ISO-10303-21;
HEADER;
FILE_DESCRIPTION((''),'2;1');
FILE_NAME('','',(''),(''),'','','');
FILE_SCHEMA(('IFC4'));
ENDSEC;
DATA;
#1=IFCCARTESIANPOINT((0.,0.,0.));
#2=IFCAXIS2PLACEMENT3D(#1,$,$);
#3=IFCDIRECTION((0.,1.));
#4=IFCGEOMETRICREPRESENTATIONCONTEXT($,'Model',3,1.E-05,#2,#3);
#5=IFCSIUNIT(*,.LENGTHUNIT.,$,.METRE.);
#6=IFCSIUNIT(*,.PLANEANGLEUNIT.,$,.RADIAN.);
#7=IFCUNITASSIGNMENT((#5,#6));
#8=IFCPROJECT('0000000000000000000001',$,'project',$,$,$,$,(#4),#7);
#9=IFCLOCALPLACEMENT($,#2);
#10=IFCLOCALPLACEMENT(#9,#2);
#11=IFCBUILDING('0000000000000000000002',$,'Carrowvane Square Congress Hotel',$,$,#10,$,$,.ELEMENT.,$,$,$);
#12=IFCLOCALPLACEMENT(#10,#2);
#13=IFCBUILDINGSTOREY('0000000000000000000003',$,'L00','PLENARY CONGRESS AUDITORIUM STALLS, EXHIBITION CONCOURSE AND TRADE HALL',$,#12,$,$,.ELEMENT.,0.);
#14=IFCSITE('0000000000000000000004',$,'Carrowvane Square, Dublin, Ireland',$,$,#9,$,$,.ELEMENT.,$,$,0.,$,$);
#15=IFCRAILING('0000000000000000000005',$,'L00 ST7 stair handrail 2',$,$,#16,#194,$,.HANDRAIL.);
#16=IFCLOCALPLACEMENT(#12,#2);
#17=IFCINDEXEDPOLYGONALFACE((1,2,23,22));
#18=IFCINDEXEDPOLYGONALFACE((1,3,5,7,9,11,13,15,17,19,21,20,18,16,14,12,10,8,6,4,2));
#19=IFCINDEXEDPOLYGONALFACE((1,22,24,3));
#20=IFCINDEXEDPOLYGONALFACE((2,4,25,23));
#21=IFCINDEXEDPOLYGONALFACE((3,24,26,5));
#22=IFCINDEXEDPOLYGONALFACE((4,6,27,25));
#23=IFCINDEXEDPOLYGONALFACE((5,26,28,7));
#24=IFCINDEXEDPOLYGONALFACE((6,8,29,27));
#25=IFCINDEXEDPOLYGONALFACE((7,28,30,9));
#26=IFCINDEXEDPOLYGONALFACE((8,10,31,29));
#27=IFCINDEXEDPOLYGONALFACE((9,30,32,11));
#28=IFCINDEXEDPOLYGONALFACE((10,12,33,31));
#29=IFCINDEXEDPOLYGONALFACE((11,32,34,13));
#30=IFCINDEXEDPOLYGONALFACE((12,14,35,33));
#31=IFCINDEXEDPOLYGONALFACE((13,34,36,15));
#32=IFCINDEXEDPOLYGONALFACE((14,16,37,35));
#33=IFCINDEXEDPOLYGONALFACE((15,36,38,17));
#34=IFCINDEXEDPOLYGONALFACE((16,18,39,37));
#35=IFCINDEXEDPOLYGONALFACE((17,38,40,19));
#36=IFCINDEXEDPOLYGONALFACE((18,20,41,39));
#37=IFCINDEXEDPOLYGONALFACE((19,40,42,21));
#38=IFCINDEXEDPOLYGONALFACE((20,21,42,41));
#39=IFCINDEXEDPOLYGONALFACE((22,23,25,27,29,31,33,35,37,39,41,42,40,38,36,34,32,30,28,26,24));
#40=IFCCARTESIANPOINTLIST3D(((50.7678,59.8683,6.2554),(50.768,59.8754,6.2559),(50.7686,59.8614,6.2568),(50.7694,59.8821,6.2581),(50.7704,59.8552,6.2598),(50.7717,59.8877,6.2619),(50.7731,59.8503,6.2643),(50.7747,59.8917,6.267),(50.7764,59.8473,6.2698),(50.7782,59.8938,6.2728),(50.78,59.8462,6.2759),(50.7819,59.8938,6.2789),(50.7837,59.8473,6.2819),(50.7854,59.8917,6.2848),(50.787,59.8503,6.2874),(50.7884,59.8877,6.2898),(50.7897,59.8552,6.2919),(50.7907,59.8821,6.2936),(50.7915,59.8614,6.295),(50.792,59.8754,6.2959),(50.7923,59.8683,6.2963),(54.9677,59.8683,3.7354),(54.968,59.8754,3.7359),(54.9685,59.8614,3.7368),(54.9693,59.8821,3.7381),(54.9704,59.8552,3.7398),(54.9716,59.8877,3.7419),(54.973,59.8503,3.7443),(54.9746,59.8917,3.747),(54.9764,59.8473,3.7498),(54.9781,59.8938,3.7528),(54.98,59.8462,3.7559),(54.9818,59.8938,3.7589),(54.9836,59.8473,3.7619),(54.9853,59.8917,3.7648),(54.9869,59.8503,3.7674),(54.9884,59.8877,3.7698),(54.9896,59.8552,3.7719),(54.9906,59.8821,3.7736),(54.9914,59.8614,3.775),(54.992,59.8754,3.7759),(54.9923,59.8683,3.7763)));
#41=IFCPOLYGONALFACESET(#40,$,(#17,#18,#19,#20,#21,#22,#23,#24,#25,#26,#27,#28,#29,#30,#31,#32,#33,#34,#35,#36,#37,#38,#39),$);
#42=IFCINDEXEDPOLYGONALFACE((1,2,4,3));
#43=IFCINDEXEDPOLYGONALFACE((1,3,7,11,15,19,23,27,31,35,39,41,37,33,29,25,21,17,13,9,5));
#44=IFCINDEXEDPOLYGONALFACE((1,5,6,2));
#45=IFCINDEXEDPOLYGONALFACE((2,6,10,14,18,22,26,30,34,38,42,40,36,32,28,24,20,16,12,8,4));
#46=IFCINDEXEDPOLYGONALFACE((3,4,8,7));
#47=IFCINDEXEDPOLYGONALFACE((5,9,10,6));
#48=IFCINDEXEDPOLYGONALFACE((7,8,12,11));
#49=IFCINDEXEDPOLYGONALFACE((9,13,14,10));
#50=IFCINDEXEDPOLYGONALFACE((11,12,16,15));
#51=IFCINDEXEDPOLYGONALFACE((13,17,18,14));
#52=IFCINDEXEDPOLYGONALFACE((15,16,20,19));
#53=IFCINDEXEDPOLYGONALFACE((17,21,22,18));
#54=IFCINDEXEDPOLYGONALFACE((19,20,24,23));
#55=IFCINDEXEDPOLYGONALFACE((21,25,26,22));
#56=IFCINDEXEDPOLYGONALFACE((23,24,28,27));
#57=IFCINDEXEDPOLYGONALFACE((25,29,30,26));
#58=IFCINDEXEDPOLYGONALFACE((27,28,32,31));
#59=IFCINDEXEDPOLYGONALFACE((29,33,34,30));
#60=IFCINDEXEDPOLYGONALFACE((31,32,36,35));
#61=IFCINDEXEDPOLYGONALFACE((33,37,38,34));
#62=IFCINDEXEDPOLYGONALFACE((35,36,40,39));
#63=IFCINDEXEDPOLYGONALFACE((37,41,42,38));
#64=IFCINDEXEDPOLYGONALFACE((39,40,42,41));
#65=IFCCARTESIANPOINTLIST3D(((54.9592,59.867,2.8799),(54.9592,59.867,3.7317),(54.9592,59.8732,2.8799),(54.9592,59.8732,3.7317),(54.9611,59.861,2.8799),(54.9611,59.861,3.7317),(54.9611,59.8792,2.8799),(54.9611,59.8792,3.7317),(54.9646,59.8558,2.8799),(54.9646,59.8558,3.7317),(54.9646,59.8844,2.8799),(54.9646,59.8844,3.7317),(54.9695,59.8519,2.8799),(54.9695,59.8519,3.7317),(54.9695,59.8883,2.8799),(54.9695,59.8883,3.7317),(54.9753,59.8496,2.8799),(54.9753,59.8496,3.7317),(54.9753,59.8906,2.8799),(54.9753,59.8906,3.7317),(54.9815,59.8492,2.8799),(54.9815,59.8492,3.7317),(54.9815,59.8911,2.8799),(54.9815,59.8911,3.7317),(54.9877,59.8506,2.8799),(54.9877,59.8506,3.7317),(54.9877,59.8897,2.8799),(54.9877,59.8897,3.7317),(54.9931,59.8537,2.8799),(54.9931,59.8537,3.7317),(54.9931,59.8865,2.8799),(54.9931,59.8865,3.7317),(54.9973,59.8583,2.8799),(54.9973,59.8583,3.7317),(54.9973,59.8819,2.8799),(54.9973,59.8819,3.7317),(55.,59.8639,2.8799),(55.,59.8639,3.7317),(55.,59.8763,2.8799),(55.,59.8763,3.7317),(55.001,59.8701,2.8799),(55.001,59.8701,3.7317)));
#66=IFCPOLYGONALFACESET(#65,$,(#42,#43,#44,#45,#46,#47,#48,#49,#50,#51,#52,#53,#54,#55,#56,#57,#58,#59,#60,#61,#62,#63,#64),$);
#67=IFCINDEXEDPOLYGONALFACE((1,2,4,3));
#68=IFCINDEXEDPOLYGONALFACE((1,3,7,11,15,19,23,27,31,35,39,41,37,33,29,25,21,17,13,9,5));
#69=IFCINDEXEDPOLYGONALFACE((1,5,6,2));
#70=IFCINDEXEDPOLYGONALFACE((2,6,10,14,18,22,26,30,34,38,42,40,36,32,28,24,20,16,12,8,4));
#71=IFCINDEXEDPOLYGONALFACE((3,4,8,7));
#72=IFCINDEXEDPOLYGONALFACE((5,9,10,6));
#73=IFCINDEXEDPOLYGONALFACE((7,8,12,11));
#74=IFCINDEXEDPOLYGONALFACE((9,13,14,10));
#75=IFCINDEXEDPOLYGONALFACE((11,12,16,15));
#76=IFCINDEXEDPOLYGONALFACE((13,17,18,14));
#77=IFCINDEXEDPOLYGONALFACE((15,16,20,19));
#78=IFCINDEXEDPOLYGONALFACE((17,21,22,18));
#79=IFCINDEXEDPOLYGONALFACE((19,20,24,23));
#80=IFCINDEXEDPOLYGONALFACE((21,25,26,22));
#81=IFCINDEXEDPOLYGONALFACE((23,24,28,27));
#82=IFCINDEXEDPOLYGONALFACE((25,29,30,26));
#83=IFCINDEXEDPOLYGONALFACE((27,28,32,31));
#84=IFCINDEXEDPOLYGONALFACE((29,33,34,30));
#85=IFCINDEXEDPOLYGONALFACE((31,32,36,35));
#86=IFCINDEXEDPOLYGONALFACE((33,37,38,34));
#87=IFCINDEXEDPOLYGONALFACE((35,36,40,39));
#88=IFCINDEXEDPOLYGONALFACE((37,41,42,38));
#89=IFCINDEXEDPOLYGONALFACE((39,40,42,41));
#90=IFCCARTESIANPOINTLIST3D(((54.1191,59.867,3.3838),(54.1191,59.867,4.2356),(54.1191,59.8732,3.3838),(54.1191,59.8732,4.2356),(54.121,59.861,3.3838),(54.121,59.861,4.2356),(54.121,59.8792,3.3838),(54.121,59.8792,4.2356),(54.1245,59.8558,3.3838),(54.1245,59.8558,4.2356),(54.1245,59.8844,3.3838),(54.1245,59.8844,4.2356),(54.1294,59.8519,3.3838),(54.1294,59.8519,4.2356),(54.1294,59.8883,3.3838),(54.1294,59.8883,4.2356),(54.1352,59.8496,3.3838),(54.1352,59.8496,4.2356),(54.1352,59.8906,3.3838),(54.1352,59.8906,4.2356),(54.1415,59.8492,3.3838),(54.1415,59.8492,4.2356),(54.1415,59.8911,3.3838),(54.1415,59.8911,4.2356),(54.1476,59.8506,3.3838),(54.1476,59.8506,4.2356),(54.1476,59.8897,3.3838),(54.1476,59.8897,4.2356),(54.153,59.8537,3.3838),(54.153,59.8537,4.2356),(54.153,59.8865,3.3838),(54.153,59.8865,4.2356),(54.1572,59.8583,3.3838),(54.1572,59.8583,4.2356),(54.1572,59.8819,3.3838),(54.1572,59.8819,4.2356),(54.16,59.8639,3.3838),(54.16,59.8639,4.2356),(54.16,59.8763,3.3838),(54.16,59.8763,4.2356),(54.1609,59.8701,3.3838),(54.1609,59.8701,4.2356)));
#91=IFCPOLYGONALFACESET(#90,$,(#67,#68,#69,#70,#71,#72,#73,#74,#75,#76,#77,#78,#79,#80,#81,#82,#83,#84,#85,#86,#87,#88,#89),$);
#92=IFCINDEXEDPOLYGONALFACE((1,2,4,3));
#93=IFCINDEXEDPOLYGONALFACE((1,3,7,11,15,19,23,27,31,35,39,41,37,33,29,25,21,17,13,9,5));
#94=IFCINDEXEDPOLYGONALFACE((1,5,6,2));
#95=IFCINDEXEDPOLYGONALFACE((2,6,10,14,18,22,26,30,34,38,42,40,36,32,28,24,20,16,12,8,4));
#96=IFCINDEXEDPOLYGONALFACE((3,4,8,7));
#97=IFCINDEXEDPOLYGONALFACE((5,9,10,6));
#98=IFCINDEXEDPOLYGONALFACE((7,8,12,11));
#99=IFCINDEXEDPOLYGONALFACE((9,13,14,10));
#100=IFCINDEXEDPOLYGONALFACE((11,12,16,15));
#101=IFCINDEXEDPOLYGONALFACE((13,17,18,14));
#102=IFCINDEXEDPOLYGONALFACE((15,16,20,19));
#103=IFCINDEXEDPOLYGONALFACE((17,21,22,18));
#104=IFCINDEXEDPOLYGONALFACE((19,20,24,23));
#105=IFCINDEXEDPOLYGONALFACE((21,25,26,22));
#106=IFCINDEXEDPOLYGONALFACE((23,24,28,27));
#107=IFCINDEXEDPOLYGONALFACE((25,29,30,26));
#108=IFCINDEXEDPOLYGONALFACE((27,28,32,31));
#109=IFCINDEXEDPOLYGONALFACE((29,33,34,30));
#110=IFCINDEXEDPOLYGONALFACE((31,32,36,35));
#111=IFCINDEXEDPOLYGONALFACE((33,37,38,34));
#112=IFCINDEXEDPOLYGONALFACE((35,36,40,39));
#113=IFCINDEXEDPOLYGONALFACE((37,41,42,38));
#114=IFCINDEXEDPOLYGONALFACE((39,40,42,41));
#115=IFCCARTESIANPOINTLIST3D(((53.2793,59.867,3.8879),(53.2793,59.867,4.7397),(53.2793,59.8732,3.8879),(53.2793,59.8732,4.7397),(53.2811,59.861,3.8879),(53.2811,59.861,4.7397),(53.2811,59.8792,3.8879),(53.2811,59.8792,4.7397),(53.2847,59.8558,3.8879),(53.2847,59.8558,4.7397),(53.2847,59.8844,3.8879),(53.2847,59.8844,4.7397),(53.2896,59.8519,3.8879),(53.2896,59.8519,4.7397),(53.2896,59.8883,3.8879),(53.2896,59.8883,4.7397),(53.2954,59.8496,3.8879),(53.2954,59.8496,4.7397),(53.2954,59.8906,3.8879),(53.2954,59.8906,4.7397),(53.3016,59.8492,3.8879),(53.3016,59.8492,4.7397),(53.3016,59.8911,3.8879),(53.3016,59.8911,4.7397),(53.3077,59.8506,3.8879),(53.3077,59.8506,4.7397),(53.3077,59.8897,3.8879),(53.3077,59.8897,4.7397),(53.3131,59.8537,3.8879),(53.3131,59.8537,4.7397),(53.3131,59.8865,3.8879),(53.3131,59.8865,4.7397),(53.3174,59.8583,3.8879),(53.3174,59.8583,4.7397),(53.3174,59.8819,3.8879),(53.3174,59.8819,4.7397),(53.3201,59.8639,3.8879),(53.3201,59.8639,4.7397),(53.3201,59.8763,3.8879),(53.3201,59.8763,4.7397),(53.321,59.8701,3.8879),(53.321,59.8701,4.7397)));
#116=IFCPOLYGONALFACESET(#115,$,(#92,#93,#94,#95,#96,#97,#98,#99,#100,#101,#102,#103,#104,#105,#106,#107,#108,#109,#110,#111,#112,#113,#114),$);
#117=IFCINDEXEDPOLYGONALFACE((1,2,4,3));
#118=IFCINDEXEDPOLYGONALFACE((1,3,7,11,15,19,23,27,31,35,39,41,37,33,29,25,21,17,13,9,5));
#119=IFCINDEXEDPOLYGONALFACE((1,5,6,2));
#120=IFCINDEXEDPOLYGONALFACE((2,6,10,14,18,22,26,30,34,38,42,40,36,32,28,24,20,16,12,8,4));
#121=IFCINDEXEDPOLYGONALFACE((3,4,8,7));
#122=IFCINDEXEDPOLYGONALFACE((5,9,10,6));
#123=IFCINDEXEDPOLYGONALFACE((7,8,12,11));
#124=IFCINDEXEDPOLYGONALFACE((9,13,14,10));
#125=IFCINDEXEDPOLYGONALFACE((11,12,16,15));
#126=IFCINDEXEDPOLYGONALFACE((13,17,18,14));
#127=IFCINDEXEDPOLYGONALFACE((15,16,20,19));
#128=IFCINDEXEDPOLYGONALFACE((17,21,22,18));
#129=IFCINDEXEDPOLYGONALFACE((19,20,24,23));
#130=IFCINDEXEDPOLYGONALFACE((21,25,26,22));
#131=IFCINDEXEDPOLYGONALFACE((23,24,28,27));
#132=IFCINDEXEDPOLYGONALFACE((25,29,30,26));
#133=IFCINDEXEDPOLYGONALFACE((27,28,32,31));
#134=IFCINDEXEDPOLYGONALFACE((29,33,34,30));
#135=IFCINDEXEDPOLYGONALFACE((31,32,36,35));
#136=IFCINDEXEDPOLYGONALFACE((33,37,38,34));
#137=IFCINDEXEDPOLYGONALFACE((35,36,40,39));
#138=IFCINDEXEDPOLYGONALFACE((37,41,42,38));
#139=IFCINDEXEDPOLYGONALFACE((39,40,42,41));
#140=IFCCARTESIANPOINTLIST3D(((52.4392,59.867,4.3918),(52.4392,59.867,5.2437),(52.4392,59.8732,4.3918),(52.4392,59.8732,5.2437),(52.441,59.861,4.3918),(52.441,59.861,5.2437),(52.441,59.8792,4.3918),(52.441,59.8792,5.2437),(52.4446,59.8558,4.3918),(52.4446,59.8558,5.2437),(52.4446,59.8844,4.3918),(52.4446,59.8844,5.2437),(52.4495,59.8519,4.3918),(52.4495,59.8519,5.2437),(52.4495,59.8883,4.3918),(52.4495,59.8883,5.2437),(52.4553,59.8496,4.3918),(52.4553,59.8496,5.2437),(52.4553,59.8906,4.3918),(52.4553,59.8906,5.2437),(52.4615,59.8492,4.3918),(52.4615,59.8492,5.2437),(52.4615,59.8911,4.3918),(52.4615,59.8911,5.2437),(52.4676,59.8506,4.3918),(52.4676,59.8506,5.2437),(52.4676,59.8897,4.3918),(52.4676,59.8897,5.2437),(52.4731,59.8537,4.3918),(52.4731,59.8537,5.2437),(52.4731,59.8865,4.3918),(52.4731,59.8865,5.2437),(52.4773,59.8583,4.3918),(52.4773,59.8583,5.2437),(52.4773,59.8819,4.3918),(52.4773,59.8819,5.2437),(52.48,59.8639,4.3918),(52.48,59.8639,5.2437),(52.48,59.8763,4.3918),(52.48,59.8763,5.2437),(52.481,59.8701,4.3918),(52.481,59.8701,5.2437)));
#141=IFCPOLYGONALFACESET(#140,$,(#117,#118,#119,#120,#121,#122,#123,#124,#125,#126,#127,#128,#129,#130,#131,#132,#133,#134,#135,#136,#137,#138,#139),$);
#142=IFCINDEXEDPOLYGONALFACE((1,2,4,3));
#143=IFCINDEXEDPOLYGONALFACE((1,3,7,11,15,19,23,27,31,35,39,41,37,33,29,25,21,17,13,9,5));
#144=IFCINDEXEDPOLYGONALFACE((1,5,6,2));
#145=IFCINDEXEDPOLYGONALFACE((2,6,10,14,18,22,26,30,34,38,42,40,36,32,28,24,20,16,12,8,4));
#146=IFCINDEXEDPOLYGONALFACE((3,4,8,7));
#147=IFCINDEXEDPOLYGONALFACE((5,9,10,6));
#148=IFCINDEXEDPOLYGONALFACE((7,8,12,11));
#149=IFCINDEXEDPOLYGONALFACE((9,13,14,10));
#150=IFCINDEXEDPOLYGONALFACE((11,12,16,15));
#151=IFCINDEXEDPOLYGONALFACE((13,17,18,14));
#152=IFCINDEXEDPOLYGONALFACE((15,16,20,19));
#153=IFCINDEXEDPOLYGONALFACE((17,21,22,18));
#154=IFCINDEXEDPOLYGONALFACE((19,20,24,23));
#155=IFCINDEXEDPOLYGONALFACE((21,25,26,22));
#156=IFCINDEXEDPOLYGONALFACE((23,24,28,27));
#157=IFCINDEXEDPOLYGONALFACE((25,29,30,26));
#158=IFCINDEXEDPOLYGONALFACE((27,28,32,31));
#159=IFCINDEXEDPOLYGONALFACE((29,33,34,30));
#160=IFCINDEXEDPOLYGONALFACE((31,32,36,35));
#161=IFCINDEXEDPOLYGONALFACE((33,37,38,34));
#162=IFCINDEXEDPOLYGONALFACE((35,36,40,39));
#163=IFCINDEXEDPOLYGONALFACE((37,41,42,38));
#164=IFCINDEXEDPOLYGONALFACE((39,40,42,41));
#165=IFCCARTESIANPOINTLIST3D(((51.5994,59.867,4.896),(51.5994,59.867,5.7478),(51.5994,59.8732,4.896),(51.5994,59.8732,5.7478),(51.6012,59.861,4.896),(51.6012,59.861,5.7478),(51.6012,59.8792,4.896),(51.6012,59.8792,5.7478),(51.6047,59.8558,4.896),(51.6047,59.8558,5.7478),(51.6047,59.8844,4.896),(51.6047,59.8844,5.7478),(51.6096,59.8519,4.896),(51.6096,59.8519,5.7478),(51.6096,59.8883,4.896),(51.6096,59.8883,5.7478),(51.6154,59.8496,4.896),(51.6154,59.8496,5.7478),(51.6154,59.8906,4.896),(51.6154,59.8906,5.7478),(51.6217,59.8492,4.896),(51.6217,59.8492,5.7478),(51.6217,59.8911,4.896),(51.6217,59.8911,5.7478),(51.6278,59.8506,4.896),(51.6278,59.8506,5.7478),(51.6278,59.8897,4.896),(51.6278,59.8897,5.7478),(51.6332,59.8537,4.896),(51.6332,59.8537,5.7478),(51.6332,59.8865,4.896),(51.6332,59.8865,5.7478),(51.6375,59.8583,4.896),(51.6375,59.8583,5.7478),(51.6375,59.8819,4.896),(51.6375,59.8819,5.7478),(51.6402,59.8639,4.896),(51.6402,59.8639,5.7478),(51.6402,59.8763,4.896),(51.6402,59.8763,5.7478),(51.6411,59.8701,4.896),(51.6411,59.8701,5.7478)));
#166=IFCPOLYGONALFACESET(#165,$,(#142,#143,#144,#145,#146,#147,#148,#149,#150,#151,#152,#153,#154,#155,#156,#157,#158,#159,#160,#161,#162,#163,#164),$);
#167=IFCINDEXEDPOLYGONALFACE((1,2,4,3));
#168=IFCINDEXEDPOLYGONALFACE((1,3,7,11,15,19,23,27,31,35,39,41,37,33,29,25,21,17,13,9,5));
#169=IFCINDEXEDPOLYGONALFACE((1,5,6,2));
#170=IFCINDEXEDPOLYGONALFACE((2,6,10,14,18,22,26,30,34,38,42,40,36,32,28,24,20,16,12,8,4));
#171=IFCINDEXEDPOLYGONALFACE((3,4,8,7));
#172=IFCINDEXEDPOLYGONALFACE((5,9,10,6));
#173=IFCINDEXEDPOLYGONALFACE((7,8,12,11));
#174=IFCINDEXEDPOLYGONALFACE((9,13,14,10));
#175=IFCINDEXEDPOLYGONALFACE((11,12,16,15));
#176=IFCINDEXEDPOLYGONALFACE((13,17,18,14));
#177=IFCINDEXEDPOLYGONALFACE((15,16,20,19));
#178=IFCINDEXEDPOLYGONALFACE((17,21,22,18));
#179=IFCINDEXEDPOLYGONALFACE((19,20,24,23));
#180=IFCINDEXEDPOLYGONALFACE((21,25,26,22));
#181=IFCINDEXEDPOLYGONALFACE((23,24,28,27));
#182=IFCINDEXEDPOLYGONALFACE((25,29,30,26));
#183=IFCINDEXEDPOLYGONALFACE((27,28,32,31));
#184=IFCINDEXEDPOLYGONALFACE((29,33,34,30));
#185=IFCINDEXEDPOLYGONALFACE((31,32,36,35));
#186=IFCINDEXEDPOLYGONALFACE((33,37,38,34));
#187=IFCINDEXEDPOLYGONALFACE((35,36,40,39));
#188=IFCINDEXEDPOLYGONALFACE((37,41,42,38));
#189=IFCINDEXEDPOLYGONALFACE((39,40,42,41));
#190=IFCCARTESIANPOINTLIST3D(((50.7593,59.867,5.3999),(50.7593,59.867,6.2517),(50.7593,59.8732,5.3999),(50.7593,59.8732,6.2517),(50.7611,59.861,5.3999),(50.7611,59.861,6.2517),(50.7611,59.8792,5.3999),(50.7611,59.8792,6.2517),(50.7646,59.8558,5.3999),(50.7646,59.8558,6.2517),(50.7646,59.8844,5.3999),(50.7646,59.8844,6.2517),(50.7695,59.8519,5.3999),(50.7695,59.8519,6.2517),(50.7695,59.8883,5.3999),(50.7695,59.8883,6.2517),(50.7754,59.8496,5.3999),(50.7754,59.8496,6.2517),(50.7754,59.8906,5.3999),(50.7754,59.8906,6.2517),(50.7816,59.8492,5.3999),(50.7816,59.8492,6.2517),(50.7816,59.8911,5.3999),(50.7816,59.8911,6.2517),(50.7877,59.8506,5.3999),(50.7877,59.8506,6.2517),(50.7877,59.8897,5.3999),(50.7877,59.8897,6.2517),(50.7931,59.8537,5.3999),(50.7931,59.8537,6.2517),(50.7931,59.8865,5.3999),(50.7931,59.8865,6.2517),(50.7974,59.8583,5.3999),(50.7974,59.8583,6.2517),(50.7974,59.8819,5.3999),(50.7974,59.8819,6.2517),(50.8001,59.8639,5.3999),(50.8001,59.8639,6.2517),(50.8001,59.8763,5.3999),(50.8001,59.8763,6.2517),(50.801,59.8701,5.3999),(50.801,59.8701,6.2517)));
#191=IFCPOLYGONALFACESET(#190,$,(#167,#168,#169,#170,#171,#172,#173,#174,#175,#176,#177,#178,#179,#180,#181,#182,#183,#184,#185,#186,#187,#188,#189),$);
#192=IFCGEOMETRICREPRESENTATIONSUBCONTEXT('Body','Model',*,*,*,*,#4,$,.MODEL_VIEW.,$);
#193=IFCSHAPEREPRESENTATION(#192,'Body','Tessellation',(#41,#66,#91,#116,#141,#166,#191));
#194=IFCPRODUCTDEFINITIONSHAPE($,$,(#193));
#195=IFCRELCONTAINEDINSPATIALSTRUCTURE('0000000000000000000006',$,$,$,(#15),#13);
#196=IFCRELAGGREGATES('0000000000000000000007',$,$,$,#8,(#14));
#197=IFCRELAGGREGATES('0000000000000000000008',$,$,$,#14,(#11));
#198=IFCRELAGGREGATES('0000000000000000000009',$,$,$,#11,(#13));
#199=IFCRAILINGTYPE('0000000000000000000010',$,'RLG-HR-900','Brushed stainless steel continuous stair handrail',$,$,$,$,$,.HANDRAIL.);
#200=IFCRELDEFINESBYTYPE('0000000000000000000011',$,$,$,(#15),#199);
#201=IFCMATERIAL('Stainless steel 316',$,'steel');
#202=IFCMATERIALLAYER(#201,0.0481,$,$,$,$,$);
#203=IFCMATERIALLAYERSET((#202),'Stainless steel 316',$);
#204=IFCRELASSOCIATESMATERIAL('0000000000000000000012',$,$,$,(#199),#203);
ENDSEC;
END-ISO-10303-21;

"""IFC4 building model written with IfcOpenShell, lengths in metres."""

from ifc_helpers import new_model, si_unit, direction, frame, origin, origin_2d, place, context, subcontext, project, spatial, circle, extrude, material, layer, layer_set, type_object, element, save


model = new_model("IFC4")

# Units and contexts
model_context = context("Model", 3, precision=1e-05, world=origin(), true_north=direction((0.0, 1.0)))
body_context = subcontext(model_context, "Body", "Model", "MODEL_VIEW")
ifc_project = project(units=[si_unit("LENGTHUNIT", "METRE"), si_unit("PLANEANGLEUNIT", "RADIAN")], contexts=[model_context])

# Site, building, storey
site_placement = place(None, origin())
site = spatial("IfcSite", under=ifc_project, at=site_placement, Name="Carrowvane Square, Dublin, Ireland", CompositionType="ELEMENT", RefElevation=0.0)
building_placement = place(site_placement, origin())
building = spatial("IfcBuilding", under=site, at=building_placement, Name="Carrowvane Square Congress Hotel", CompositionType="ELEMENT")
storey_placement = place(building_placement, origin())
storey = spatial("IfcBuildingStorey", under=building, at=storey_placement, Name="L00", Description="PLENARY CONGRESS AUDITORIUM STALLS, EXHIBITION CONCOURSE AND TRADE HALL", CompositionType="ELEMENT", Elevation=0.0)

# Railing
ifc_material_1 = material(Name="Stainless steel 316", Category="steel")
ifc_layer_1 = layer(ifc_material_1, 0.0481)
ifc_layer_set_1 = layer_set([ifc_layer_1], Name="Stainless steel 316")
railing_type_1 = type_object("IfcRailingType", Name="RLG-HR-900", Description="Brushed stainless steel continuous stair handrail", PredefinedType="HANDRAIL", material=ifc_layer_set_1)
railing_1_placement = place(storey_placement, frame((54.98, 59.8701, 2.8799)))
element("IfcRailing", 1, at=railing_1_placement, inside=storey, type_object=railing_type_1, Name="L00 ST7 stair handrail 2", PredefinedType="HANDRAIL", context=body_context, shape_type="SweptSolid", body=[
    extrude(circle(Radius=0.0239, at=origin_2d()), frame((0.0, 0.0, 0.876), z_axis=(-0.857489, 0.0, 0.514503), x_axis=(0.0, -1.0, 0.0)), (0.0, 0.0, 1.0), 4.8979),
    extrude(circle(Radius=0.021, at=origin_2d()), origin(), (0.0, 0.0, 1.0), 0.8518),
    extrude(circle(Radius=0.021, at=origin_2d()), frame((-0.8401, 0.0, 0.5039)), (0.0, 0.0, 1.0), 0.8518),
    extrude(circle(Radius=0.021, at=origin_2d()), frame((-1.6799, 0.0, 1.0081)), (0.0, 0.0, 1.0), 0.8518),
    extrude(circle(Radius=0.021, at=origin_2d()), frame((-2.52, 0.0, 1.512)), (0.0, 0.0, 1.0), 0.8518),
    extrude(circle(Radius=0.021, at=origin_2d()), frame((-3.3599, 0.0, 2.0161)), (0.0, 0.0, 1.0), 0.8518),
    extrude(circle(Radius=0.021, at=origin_2d()), frame((-4.2, 0.0, 2.52)), (0.0, 0.0, 1.0), 0.8518),
])

save(model, "model.ifc")
